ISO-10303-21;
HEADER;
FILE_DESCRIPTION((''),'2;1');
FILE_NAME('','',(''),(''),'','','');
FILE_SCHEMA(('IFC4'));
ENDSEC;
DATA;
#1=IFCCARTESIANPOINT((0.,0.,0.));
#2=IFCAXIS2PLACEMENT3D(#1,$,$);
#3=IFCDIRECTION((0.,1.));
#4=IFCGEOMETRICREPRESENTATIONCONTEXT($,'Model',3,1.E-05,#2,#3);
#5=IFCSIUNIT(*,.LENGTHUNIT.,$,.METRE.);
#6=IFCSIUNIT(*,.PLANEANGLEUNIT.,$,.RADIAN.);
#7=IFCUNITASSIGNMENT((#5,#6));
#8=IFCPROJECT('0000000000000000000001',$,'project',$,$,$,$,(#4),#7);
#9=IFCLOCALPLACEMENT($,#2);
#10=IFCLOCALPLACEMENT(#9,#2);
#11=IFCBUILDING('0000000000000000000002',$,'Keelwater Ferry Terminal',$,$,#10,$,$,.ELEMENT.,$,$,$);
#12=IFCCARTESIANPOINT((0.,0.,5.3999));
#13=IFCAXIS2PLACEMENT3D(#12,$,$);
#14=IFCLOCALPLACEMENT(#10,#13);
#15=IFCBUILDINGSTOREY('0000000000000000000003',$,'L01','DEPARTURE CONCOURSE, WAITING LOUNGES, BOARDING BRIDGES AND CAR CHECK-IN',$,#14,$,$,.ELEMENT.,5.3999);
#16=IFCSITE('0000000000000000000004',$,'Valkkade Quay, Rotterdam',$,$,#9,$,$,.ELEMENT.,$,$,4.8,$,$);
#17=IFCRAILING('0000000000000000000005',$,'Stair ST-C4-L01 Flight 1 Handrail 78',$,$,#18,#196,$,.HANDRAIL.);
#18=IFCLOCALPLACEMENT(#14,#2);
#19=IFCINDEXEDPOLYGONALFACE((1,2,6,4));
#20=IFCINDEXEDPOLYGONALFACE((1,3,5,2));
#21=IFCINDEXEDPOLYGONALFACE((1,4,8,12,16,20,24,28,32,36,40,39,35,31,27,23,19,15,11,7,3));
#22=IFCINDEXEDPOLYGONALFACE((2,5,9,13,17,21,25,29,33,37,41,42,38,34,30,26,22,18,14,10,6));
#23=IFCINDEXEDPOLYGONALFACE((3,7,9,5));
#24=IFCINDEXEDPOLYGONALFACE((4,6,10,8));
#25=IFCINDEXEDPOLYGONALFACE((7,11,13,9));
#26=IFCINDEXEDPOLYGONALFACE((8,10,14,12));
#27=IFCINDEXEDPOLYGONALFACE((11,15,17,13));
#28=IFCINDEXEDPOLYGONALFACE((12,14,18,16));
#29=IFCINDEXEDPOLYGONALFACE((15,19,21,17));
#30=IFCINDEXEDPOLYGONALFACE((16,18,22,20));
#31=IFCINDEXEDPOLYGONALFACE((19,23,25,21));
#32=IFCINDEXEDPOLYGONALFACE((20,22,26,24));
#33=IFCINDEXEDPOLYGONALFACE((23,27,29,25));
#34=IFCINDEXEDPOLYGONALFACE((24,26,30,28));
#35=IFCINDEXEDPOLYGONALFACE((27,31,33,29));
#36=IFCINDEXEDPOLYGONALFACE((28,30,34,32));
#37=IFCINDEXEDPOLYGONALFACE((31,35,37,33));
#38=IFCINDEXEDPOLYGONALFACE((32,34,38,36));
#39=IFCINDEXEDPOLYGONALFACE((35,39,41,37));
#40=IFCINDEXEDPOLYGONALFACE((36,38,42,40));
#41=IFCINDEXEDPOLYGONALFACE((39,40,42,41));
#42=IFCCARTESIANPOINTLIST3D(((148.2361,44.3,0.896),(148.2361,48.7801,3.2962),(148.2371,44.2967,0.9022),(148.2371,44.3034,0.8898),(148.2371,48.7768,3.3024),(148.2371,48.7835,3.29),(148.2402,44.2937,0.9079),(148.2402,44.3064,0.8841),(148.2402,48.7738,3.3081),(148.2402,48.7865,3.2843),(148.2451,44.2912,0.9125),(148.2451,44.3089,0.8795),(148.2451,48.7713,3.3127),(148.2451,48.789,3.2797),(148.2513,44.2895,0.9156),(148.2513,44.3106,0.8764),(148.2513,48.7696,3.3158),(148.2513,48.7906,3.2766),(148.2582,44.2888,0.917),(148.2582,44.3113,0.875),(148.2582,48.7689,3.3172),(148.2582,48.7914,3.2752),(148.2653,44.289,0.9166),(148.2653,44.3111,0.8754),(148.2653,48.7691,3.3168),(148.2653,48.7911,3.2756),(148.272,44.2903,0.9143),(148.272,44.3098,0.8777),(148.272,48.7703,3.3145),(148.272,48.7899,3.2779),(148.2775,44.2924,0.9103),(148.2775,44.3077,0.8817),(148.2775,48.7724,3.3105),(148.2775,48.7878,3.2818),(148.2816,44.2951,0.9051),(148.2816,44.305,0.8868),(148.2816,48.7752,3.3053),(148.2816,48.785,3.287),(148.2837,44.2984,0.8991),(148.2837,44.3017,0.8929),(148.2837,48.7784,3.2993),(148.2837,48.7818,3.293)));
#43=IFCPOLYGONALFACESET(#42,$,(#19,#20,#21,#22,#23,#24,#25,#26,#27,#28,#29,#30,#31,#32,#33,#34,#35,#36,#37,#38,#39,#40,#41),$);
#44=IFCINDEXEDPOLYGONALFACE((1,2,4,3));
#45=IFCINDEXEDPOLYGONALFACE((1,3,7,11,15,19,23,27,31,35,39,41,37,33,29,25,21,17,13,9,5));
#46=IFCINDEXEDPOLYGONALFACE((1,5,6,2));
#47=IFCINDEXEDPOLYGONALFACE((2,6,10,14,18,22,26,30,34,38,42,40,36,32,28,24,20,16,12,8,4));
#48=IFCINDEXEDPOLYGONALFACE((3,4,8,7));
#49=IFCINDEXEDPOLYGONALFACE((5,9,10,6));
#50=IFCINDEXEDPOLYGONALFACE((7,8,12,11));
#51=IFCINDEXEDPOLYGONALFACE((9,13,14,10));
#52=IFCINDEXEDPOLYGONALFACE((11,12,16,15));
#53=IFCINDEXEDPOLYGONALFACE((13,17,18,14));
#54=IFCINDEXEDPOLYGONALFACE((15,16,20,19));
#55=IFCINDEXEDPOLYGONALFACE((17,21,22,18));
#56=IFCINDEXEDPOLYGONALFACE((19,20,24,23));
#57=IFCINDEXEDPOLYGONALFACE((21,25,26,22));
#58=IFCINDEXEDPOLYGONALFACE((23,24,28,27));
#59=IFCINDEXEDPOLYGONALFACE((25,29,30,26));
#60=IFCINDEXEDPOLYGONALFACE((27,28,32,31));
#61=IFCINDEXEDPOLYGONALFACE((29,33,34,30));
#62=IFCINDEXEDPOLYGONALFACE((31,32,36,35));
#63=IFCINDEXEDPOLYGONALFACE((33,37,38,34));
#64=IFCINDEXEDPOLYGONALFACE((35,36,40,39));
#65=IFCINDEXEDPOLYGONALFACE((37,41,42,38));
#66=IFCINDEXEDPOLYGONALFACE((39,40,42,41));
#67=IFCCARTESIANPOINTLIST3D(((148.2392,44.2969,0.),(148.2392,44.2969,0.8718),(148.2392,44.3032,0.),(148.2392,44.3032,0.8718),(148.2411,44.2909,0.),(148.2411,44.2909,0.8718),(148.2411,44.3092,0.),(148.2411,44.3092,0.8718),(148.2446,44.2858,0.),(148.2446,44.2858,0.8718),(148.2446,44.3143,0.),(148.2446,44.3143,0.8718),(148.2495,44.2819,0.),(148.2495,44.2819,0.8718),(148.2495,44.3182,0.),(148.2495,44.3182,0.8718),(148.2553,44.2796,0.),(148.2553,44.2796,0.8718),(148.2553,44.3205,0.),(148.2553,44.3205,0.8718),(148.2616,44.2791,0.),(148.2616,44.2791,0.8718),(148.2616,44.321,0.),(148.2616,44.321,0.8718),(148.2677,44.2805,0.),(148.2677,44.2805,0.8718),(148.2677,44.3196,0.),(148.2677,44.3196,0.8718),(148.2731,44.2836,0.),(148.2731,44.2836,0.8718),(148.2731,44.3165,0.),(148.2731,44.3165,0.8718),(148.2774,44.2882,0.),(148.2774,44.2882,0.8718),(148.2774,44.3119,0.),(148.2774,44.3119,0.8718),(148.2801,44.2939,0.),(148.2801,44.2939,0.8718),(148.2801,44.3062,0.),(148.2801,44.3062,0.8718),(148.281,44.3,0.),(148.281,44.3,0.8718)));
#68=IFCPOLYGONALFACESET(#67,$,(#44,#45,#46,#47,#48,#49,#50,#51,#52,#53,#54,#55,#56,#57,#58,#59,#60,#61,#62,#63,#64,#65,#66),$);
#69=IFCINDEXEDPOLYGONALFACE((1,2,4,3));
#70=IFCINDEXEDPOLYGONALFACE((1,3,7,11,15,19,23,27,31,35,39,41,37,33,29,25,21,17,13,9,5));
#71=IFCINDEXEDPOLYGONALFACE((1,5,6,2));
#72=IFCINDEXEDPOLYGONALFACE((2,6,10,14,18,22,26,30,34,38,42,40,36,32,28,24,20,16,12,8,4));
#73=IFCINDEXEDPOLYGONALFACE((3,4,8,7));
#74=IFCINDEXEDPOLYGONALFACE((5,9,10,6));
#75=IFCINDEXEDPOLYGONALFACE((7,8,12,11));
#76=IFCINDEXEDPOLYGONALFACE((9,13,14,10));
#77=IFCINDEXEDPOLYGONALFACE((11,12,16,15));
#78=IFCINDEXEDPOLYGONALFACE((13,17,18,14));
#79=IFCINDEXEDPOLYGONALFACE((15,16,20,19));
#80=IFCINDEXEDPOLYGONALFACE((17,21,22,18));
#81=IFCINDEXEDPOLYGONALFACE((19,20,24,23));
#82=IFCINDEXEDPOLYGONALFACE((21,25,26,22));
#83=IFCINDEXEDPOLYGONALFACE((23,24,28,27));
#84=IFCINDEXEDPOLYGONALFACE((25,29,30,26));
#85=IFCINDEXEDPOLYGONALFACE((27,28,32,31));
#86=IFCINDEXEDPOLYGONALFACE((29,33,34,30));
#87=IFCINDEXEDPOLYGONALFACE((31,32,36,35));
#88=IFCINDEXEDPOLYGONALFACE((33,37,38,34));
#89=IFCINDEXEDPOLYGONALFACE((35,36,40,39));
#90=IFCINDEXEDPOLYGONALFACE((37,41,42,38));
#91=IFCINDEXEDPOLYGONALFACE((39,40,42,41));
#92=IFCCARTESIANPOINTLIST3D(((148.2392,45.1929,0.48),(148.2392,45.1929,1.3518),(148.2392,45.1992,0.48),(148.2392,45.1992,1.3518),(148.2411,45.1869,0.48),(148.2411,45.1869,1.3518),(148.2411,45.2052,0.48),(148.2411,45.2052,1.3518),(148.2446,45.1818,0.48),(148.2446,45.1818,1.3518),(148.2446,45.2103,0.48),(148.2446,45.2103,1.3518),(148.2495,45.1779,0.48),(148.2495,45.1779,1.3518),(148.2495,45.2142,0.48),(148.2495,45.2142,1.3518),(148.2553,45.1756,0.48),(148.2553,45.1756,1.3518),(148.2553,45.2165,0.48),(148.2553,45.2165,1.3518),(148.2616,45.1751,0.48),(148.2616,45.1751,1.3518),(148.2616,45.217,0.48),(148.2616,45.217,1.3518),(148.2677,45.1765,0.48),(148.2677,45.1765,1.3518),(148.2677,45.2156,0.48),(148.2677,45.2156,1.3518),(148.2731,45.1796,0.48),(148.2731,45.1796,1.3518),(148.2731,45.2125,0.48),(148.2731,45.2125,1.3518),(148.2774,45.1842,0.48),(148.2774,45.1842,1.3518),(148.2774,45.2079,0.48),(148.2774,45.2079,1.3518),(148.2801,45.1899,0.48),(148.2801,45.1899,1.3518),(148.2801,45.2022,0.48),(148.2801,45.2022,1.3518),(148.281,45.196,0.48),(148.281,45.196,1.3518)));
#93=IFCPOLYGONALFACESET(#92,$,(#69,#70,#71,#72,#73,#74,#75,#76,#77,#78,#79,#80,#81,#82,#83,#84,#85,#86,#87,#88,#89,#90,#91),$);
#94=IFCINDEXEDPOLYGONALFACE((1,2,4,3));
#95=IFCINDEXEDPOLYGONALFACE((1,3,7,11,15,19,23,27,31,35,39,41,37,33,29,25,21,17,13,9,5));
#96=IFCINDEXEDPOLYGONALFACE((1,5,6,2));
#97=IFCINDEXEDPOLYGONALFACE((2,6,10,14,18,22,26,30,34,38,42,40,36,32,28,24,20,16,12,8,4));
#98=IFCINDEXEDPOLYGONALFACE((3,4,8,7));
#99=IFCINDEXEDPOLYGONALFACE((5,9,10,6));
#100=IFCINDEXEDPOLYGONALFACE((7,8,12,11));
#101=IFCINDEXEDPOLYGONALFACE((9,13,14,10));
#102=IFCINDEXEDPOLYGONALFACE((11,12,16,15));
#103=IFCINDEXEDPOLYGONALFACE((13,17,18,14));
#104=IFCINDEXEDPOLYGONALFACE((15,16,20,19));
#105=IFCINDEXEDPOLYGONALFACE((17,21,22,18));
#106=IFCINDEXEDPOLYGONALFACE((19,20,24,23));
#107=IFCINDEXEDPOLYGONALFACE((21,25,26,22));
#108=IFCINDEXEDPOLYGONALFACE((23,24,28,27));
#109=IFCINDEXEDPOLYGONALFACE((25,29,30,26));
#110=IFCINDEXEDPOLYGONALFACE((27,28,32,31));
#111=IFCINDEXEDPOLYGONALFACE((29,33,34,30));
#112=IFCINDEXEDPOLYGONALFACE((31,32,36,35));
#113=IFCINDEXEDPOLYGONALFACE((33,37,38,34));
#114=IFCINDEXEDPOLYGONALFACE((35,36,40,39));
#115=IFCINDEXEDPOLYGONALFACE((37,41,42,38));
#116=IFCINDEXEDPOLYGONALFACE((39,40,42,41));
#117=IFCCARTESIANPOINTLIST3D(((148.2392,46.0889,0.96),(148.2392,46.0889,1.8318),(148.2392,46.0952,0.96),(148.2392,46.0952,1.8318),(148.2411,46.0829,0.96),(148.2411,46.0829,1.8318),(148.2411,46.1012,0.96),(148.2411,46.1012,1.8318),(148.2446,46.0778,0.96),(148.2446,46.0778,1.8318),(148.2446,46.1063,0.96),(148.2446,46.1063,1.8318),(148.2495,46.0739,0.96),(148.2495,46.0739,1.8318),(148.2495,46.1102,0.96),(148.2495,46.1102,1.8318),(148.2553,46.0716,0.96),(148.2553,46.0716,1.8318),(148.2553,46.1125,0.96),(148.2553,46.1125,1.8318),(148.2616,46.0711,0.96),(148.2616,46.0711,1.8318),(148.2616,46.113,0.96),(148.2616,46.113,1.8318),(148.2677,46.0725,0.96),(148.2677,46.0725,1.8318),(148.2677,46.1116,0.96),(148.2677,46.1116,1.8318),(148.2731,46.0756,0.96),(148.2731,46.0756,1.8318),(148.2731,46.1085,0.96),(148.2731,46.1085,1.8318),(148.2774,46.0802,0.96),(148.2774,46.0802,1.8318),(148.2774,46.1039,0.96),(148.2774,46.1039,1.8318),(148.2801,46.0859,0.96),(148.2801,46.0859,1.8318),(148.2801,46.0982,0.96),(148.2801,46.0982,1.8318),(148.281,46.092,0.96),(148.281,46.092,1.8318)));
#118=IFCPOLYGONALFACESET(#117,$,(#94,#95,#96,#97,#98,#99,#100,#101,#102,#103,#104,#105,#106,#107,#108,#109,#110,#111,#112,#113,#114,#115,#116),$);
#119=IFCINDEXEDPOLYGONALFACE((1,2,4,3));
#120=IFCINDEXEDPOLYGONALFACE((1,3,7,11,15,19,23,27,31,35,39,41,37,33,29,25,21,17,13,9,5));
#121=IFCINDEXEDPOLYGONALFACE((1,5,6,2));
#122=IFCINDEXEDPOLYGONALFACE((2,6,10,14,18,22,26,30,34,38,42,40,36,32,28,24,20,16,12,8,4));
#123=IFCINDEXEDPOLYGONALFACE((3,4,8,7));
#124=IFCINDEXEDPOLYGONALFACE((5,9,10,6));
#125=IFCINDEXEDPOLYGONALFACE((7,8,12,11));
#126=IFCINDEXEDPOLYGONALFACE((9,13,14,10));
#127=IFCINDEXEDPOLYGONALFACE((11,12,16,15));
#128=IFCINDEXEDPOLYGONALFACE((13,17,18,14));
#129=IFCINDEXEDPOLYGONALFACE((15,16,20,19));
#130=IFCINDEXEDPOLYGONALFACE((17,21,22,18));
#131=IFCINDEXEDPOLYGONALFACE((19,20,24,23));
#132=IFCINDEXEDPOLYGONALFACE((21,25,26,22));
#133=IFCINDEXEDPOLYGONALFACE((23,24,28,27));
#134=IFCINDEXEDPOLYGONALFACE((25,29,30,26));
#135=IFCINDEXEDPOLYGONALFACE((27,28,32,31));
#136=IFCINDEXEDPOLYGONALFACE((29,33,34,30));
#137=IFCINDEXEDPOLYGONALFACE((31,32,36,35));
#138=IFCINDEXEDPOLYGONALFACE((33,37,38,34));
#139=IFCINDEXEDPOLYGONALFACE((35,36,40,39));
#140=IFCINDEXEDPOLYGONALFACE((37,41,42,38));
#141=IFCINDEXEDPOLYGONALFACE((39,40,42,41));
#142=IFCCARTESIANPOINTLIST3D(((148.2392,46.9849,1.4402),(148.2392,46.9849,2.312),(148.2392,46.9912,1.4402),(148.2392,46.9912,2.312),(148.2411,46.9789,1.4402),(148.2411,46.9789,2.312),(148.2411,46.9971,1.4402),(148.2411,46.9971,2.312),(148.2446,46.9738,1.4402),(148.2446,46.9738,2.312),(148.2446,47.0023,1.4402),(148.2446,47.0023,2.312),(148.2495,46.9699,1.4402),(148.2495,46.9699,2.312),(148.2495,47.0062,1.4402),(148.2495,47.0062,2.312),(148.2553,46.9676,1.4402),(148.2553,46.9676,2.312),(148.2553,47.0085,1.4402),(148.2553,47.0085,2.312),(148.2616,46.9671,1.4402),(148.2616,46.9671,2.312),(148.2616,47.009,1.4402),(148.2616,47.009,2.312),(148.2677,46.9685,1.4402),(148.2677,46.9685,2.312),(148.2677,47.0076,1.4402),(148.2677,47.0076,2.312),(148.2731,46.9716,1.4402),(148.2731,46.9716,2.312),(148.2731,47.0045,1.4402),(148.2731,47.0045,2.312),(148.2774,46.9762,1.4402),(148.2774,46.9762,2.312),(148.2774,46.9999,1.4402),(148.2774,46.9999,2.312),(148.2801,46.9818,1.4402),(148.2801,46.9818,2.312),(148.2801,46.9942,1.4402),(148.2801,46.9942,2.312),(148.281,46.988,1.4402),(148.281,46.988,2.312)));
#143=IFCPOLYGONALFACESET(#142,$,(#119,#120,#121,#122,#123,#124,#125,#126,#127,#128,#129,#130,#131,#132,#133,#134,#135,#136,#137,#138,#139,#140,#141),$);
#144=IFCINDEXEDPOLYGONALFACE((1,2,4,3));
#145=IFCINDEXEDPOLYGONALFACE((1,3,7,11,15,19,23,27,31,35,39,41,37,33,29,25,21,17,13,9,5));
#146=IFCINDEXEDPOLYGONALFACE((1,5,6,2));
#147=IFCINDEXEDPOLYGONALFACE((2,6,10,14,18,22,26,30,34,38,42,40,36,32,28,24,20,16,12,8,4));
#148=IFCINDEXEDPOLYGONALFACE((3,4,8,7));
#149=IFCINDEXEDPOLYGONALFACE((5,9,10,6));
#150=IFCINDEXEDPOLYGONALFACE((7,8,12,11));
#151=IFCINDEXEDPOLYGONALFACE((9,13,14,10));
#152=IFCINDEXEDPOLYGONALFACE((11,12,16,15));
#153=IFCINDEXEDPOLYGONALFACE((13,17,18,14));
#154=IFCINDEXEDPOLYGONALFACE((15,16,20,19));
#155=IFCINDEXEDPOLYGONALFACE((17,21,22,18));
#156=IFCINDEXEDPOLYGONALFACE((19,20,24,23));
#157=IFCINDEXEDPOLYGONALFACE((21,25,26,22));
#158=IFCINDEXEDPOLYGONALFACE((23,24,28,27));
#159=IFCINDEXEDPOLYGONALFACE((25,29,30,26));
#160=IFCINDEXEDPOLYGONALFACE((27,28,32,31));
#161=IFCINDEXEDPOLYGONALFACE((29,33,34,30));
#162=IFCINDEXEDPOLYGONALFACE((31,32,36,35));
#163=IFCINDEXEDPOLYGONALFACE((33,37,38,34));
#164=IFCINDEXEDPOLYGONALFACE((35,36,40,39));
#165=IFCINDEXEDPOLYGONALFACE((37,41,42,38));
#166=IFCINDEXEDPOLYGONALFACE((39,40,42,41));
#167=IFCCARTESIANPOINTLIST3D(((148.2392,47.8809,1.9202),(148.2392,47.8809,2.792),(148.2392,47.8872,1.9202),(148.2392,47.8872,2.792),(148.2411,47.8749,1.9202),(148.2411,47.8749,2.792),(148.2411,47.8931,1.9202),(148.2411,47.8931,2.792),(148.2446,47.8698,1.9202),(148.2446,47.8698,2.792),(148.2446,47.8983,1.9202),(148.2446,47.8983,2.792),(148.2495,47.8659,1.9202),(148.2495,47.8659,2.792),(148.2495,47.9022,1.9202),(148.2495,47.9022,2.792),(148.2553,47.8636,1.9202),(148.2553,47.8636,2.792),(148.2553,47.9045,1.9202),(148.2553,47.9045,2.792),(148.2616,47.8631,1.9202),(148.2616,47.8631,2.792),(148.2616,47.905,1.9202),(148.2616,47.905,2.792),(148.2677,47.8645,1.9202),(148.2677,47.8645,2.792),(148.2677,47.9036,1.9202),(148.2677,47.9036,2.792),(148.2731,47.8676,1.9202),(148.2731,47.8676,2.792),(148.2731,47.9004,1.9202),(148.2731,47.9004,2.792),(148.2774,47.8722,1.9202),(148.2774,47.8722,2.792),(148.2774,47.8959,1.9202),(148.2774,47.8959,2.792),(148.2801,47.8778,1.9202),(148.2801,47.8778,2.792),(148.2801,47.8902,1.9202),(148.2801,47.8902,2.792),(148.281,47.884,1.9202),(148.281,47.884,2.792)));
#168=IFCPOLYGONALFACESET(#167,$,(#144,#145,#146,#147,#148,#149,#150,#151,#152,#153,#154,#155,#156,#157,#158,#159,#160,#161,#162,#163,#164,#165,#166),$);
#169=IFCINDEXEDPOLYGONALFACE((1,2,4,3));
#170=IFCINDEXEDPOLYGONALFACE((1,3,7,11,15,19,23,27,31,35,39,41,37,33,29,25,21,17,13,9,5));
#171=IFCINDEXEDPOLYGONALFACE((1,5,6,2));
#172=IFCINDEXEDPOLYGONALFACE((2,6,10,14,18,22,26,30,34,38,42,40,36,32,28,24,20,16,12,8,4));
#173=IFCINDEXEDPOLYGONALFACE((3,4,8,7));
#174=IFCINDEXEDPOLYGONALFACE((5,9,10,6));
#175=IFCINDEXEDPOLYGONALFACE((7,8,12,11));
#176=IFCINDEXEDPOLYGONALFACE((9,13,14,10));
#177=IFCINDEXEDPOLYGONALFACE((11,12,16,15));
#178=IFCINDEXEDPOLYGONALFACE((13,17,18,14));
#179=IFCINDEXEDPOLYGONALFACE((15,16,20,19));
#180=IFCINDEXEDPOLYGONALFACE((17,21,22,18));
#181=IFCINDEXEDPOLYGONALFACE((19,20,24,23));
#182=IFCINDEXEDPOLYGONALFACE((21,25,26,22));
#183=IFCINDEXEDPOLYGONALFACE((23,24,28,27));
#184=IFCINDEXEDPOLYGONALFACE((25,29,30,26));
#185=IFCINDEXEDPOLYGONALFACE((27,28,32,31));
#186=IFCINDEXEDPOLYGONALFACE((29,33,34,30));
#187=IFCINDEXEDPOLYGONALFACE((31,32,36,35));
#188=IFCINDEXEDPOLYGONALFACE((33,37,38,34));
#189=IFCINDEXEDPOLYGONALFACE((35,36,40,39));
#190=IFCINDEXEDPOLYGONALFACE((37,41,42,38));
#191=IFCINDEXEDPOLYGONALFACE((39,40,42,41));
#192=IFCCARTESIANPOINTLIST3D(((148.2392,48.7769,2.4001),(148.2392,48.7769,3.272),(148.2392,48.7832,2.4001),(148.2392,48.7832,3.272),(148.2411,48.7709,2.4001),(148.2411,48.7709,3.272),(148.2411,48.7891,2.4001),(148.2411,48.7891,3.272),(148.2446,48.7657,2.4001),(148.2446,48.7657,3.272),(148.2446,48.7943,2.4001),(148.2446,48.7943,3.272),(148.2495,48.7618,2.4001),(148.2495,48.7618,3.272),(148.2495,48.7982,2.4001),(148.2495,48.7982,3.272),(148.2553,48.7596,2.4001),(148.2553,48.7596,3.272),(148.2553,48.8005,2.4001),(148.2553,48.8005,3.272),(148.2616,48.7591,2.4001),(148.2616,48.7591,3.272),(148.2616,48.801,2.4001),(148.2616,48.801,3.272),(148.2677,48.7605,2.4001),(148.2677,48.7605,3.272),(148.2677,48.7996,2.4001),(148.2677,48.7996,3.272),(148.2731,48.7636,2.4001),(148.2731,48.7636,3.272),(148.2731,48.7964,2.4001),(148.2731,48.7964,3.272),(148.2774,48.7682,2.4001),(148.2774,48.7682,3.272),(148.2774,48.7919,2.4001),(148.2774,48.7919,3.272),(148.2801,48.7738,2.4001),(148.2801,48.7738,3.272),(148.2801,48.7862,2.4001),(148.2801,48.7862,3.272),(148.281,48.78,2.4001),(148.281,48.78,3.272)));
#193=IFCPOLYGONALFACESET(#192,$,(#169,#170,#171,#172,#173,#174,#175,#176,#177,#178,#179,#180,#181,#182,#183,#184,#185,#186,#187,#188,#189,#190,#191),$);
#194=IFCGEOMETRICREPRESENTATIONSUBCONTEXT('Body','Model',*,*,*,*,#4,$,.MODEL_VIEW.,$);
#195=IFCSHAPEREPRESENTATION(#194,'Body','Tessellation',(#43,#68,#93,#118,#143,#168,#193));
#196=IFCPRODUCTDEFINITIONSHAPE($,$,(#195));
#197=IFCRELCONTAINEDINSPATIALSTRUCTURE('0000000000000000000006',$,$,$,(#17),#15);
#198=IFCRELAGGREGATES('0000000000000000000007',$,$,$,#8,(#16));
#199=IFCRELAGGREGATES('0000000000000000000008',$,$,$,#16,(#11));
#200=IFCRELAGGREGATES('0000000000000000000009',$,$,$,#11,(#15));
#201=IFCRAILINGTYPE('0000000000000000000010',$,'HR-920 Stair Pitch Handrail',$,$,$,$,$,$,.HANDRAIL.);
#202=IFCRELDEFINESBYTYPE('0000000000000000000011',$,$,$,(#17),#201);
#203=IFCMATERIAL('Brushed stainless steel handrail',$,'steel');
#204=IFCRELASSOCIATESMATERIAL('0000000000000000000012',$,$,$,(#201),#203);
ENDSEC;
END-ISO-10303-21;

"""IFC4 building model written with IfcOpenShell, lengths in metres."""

from ifc_helpers import new_model, si_unit, direction, frame, origin, origin_2d, place, context, subcontext, project, spatial, circle, extrude, material, type_object, element, save


model = new_model("IFC4")

# Units and contexts
model_context = context("Model", 3, precision=1e-05, world=origin(), true_north=direction((0.0, 1.0)))
body_context = subcontext(model_context, "Body", "Model", "MODEL_VIEW")
ifc_project = project(units=[si_unit("LENGTHUNIT", "METRE"), si_unit("PLANEANGLEUNIT", "RADIAN")], contexts=[model_context])

# Site, building, storey
site_placement = place(None, origin())
site = spatial("IfcSite", under=ifc_project, at=site_placement, Name="Valkkade Quay, Rotterdam", CompositionType="ELEMENT", RefElevation=4.8)
building_placement = place(site_placement, origin())
building = spatial("IfcBuilding", under=site, at=building_placement, Name="Keelwater Ferry Terminal", CompositionType="ELEMENT")
storey_placement = place(building_placement, frame((0.0, 0.0, 5.3999)))
storey = spatial("IfcBuildingStorey", under=building, at=storey_placement, Name="L01", Description="DEPARTURE CONCOURSE, WAITING LOUNGES, BOARDING BRIDGES AND CAR CHECK-IN", CompositionType="ELEMENT", Elevation=5.3999)

# Railing
ifc_material_1 = material(Name="Brushed stainless steel handrail", Category="steel")
railing_type_1 = type_object("IfcRailingType", Name="HR-920 Stair Pitch Handrail", PredefinedType="HANDRAIL", material=ifc_material_1)
railing_1_placement = place(storey_placement, frame((148.26, 44.3, 0.0)))
element("IfcRailing", 1, at=railing_1_placement, inside=storey, type_object=railing_type_1, Name="Stair ST-C4-L01 Flight 1 Handrail 78", PredefinedType="HANDRAIL", context=body_context, shape_type="SweptSolid", body=[
    extrude(circle(Radius=0.0239, at=origin_2d()), frame((0.0, 0.0, 0.896), z_axis=(0.0, 0.881467, 0.472245), x_axis=(-1.0, 0.0, 0.0)), (0.0, 0.0, 1.0), 5.0825),
    extrude(circle(Radius=0.021, at=origin_2d()), origin(), (0.0, 0.0, 1.0), 0.8718),
    extrude(circle(Radius=0.021, at=origin_2d()), frame((0.0, 0.896, 0.48)), (0.0, 0.0, 1.0), 0.8718),
    extrude(circle(Radius=0.021, at=origin_2d()), frame((0.0, 1.792, 0.96)), (0.0, 0.0, 1.0), 0.8718),
    extrude(circle(Radius=0.021, at=origin_2d()), frame((0.0, 2.688, 1.4402)), (0.0, 0.0, 1.0), 0.8718),
    extrude(circle(Radius=0.021, at=origin_2d()), frame((0.0, 3.584, 1.9202)), (0.0, 0.0, 1.0), 0.8718),
    extrude(circle(Radius=0.021, at=origin_2d()), frame((0.0, 4.48, 2.4001)), (0.0, 0.0, 1.0), 0.8718),
])

save(model, "model.ifc")
